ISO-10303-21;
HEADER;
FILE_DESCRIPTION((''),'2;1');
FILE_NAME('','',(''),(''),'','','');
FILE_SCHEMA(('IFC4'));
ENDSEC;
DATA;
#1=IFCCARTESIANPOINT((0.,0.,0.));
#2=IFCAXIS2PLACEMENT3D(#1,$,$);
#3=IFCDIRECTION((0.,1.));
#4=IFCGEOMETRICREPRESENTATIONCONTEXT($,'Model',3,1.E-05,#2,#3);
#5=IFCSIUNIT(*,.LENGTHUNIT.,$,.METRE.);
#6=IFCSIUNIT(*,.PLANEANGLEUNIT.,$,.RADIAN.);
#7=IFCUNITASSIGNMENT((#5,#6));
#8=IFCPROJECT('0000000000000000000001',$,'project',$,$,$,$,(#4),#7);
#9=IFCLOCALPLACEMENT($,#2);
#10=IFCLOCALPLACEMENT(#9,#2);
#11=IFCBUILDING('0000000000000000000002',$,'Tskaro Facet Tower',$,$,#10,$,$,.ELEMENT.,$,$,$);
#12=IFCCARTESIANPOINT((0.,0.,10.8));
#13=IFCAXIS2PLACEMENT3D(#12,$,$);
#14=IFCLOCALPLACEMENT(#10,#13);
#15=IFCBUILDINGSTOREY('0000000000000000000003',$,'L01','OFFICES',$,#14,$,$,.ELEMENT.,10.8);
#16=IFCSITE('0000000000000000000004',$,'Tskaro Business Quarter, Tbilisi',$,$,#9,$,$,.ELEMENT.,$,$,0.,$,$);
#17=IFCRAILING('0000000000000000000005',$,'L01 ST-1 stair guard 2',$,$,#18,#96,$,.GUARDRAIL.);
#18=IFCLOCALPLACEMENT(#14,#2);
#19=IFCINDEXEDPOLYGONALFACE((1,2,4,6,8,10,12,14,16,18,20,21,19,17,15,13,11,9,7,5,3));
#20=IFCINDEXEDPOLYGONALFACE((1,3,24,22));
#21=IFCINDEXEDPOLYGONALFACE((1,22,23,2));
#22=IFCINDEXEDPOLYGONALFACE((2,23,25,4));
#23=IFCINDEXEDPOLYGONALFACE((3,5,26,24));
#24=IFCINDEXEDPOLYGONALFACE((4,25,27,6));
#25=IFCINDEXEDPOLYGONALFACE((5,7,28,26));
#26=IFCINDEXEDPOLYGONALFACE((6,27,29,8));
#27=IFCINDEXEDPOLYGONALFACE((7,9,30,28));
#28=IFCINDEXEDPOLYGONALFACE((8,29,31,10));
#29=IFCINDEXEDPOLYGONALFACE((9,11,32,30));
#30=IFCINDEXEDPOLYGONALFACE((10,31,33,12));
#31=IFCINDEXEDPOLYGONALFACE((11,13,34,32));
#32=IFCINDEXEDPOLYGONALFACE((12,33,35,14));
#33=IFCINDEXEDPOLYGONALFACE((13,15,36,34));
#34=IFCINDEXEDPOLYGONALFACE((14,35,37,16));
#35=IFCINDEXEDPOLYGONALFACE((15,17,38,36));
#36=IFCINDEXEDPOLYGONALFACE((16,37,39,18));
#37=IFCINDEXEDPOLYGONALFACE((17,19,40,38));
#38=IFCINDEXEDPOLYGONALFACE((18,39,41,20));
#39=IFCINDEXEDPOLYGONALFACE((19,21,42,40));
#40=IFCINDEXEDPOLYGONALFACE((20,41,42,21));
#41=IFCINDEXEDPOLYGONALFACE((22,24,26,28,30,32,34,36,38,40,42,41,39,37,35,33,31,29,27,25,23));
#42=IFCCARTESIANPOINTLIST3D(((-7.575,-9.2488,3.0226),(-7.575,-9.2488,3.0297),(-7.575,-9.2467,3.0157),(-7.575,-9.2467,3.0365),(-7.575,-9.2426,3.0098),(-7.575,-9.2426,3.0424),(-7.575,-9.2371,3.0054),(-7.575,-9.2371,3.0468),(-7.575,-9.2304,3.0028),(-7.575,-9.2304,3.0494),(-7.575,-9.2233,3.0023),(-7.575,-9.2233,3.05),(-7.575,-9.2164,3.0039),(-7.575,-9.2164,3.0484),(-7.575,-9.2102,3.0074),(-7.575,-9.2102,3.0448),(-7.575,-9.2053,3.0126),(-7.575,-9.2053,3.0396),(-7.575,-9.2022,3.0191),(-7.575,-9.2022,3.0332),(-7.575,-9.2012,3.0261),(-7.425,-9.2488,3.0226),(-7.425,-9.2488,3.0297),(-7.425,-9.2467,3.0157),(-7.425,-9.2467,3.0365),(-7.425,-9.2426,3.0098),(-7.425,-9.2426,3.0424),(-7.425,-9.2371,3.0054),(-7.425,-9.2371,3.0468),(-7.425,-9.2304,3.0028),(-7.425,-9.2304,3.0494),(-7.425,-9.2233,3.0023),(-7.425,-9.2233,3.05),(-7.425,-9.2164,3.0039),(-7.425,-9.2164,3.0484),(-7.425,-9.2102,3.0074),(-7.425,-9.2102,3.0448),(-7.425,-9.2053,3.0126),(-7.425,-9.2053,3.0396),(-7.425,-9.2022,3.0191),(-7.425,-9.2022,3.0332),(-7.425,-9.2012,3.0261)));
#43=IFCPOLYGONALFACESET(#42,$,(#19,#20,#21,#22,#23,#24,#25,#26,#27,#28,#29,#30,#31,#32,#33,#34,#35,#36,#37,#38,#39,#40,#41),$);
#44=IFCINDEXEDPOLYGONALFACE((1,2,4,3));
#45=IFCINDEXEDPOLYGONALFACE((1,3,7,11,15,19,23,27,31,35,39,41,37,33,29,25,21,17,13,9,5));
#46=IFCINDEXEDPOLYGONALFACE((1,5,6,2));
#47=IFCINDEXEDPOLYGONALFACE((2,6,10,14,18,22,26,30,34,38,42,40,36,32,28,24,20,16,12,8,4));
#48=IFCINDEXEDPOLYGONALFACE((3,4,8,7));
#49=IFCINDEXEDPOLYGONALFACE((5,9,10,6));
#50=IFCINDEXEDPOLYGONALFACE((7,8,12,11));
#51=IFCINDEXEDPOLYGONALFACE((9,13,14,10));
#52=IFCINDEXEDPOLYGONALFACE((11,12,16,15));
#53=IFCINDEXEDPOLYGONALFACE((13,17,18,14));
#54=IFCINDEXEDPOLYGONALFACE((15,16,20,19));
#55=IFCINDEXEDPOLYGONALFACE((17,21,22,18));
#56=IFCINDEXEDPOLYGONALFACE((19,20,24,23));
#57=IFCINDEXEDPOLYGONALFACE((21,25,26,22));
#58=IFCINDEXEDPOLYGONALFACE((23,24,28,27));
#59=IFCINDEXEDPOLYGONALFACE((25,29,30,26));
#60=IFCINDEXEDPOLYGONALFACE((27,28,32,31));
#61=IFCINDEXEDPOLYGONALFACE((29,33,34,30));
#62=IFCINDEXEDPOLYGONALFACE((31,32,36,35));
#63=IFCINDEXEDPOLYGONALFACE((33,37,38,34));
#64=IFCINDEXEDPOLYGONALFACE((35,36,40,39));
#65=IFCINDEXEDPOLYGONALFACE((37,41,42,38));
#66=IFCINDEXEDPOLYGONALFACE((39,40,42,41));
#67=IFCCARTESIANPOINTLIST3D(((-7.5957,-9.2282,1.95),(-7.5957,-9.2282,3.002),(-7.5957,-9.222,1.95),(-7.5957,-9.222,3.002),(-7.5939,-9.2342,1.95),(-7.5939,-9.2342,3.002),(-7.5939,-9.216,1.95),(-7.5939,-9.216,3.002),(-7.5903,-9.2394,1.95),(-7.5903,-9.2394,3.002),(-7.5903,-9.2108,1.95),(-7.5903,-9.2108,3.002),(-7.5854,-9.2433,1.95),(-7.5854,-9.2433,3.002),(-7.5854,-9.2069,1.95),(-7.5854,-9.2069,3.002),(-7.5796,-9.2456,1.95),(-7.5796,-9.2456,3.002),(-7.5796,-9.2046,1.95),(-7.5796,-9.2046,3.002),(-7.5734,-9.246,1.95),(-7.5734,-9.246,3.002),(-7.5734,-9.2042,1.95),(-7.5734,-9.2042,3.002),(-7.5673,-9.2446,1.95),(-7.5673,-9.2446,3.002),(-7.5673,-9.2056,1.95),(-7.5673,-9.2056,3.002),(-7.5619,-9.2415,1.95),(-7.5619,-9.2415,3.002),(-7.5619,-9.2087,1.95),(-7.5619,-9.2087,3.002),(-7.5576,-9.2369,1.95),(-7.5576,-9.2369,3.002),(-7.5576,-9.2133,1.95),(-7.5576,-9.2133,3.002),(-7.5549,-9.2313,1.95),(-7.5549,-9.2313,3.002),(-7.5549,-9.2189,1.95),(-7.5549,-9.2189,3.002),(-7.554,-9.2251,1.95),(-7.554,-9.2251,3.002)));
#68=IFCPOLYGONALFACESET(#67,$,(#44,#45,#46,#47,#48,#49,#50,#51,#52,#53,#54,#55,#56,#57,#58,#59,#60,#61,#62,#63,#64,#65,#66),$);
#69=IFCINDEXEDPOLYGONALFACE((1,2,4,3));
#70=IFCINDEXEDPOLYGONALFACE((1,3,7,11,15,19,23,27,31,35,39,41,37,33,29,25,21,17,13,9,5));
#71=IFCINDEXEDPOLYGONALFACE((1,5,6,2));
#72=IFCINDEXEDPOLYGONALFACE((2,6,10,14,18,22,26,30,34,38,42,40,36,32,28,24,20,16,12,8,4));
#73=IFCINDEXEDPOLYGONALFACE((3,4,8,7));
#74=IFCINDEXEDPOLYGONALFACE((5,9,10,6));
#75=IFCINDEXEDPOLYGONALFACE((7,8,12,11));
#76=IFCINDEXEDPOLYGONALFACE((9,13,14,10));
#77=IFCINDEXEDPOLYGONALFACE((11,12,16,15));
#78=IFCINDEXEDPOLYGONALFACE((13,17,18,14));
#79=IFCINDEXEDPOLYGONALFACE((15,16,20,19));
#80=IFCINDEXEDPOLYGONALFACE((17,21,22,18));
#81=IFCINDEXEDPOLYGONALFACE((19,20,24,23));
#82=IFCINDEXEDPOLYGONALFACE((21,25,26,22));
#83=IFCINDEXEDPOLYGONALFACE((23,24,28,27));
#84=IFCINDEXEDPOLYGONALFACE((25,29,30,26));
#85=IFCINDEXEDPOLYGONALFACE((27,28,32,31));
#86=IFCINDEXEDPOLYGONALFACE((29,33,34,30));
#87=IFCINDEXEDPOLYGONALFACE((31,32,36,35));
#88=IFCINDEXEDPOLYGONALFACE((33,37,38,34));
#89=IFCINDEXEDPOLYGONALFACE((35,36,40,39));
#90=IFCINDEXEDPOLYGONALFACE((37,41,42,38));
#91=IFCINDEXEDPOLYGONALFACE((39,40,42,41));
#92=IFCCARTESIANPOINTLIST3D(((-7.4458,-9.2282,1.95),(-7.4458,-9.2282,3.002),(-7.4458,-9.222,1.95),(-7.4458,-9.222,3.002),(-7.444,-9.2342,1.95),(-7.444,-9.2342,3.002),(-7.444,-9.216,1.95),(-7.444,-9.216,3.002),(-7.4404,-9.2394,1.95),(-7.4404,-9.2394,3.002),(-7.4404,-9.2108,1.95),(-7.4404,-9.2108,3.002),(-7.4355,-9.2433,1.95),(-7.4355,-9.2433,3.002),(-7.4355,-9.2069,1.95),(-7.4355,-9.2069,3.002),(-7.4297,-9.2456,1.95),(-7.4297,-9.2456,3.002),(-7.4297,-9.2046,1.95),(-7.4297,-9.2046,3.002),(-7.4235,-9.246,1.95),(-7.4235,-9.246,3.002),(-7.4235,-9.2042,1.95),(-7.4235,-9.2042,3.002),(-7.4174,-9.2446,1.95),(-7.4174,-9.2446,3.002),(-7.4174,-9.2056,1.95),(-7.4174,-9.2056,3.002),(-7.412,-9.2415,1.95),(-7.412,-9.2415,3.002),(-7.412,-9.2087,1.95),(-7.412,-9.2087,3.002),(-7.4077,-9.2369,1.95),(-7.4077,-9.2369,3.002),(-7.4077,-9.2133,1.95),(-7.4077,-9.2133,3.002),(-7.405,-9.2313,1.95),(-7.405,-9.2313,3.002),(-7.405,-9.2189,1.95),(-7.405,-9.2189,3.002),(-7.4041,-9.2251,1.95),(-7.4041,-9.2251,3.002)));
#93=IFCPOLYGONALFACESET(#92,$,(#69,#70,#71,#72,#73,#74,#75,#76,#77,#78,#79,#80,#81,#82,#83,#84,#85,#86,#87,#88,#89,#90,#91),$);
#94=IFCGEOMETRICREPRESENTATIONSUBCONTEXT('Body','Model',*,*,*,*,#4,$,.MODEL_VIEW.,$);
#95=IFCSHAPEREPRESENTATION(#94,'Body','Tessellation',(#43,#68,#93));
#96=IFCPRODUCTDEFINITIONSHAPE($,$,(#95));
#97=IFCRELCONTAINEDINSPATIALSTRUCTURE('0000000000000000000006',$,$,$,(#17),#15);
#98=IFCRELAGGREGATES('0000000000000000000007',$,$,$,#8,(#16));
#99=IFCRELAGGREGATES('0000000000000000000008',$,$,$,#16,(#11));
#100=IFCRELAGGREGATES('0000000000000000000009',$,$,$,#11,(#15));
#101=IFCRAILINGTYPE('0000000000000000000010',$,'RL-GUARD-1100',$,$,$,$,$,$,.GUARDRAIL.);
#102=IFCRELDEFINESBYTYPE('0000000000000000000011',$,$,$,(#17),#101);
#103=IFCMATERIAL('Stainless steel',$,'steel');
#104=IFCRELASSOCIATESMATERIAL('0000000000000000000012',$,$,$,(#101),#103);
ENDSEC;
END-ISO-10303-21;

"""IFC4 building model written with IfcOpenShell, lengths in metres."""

from ifc_helpers import new_model, si_unit, direction, frame, origin, origin_2d, place, context, subcontext, project, spatial, circle, extrude, material, type_object, element, save


model = new_model("IFC4")

# Units and contexts
model_context = context("Model", 3, precision=1e-05, world=origin(), true_north=direction((0.0, 1.0)))
body_context = subcontext(model_context, "Body", "Model", "MODEL_VIEW")
ifc_project = project(units=[si_unit("LENGTHUNIT", "METRE"), si_unit("PLANEANGLEUNIT", "RADIAN")], contexts=[model_context])

# Site, building, storey
site_placement = place(None, origin())
site = spatial("IfcSite", under=ifc_project, at=site_placement, Name="Tskaro Business Quarter, Tbilisi", CompositionType="ELEMENT", RefElevation=0.0)
building_placement = place(site_placement, origin())
building = spatial("IfcBuilding", under=site, at=building_placement, Name="Tskaro Facet Tower", CompositionType="ELEMENT")
storey_placement = place(building_placement, frame((0.0, 0.0, 10.8)))
storey = spatial("IfcBuildingStorey", under=building, at=storey_placement, Name="L01", Description="OFFICES", CompositionType="ELEMENT", Elevation=10.8)

# Shared definitions
ifc_material_1 = material(Name="Stainless steel", Category="steel")

# Railing
railing_type_1 = type_object("IfcRailingType", Name="RL-GUARD-1100", PredefinedType="GUARDRAIL", material=ifc_material_1)
railing_1_placement = place(storey_placement, frame((-7.575, -9.2251, 1.95)))
element("IfcRailing", 1, at=railing_1_placement, inside=storey, type_object=railing_type_1, Name="L01 ST-1 stair guard 2", PredefinedType="GUARDRAIL", context=body_context, shape_type="SweptSolid", body=[
    extrude(circle(Radius=0.0239, at=origin_2d()), frame((0.0, 0.0, 1.0762), z_axis=(1.0, 0.0, 0.0), x_axis=(0.0, 1.0, 0.0)), (0.0, 0.0, 1.0), 0.1499),
    extrude(circle(Radius=0.021, at=origin_2d()), origin(), (0.0, 0.0, 1.0), 1.052),
    extrude(circle(Radius=0.021, at=origin_2d()), frame((0.1499, 0.0, 0.0)), (0.0, 0.0, 1.0), 1.052),
])

save(model, "model.ifc")
